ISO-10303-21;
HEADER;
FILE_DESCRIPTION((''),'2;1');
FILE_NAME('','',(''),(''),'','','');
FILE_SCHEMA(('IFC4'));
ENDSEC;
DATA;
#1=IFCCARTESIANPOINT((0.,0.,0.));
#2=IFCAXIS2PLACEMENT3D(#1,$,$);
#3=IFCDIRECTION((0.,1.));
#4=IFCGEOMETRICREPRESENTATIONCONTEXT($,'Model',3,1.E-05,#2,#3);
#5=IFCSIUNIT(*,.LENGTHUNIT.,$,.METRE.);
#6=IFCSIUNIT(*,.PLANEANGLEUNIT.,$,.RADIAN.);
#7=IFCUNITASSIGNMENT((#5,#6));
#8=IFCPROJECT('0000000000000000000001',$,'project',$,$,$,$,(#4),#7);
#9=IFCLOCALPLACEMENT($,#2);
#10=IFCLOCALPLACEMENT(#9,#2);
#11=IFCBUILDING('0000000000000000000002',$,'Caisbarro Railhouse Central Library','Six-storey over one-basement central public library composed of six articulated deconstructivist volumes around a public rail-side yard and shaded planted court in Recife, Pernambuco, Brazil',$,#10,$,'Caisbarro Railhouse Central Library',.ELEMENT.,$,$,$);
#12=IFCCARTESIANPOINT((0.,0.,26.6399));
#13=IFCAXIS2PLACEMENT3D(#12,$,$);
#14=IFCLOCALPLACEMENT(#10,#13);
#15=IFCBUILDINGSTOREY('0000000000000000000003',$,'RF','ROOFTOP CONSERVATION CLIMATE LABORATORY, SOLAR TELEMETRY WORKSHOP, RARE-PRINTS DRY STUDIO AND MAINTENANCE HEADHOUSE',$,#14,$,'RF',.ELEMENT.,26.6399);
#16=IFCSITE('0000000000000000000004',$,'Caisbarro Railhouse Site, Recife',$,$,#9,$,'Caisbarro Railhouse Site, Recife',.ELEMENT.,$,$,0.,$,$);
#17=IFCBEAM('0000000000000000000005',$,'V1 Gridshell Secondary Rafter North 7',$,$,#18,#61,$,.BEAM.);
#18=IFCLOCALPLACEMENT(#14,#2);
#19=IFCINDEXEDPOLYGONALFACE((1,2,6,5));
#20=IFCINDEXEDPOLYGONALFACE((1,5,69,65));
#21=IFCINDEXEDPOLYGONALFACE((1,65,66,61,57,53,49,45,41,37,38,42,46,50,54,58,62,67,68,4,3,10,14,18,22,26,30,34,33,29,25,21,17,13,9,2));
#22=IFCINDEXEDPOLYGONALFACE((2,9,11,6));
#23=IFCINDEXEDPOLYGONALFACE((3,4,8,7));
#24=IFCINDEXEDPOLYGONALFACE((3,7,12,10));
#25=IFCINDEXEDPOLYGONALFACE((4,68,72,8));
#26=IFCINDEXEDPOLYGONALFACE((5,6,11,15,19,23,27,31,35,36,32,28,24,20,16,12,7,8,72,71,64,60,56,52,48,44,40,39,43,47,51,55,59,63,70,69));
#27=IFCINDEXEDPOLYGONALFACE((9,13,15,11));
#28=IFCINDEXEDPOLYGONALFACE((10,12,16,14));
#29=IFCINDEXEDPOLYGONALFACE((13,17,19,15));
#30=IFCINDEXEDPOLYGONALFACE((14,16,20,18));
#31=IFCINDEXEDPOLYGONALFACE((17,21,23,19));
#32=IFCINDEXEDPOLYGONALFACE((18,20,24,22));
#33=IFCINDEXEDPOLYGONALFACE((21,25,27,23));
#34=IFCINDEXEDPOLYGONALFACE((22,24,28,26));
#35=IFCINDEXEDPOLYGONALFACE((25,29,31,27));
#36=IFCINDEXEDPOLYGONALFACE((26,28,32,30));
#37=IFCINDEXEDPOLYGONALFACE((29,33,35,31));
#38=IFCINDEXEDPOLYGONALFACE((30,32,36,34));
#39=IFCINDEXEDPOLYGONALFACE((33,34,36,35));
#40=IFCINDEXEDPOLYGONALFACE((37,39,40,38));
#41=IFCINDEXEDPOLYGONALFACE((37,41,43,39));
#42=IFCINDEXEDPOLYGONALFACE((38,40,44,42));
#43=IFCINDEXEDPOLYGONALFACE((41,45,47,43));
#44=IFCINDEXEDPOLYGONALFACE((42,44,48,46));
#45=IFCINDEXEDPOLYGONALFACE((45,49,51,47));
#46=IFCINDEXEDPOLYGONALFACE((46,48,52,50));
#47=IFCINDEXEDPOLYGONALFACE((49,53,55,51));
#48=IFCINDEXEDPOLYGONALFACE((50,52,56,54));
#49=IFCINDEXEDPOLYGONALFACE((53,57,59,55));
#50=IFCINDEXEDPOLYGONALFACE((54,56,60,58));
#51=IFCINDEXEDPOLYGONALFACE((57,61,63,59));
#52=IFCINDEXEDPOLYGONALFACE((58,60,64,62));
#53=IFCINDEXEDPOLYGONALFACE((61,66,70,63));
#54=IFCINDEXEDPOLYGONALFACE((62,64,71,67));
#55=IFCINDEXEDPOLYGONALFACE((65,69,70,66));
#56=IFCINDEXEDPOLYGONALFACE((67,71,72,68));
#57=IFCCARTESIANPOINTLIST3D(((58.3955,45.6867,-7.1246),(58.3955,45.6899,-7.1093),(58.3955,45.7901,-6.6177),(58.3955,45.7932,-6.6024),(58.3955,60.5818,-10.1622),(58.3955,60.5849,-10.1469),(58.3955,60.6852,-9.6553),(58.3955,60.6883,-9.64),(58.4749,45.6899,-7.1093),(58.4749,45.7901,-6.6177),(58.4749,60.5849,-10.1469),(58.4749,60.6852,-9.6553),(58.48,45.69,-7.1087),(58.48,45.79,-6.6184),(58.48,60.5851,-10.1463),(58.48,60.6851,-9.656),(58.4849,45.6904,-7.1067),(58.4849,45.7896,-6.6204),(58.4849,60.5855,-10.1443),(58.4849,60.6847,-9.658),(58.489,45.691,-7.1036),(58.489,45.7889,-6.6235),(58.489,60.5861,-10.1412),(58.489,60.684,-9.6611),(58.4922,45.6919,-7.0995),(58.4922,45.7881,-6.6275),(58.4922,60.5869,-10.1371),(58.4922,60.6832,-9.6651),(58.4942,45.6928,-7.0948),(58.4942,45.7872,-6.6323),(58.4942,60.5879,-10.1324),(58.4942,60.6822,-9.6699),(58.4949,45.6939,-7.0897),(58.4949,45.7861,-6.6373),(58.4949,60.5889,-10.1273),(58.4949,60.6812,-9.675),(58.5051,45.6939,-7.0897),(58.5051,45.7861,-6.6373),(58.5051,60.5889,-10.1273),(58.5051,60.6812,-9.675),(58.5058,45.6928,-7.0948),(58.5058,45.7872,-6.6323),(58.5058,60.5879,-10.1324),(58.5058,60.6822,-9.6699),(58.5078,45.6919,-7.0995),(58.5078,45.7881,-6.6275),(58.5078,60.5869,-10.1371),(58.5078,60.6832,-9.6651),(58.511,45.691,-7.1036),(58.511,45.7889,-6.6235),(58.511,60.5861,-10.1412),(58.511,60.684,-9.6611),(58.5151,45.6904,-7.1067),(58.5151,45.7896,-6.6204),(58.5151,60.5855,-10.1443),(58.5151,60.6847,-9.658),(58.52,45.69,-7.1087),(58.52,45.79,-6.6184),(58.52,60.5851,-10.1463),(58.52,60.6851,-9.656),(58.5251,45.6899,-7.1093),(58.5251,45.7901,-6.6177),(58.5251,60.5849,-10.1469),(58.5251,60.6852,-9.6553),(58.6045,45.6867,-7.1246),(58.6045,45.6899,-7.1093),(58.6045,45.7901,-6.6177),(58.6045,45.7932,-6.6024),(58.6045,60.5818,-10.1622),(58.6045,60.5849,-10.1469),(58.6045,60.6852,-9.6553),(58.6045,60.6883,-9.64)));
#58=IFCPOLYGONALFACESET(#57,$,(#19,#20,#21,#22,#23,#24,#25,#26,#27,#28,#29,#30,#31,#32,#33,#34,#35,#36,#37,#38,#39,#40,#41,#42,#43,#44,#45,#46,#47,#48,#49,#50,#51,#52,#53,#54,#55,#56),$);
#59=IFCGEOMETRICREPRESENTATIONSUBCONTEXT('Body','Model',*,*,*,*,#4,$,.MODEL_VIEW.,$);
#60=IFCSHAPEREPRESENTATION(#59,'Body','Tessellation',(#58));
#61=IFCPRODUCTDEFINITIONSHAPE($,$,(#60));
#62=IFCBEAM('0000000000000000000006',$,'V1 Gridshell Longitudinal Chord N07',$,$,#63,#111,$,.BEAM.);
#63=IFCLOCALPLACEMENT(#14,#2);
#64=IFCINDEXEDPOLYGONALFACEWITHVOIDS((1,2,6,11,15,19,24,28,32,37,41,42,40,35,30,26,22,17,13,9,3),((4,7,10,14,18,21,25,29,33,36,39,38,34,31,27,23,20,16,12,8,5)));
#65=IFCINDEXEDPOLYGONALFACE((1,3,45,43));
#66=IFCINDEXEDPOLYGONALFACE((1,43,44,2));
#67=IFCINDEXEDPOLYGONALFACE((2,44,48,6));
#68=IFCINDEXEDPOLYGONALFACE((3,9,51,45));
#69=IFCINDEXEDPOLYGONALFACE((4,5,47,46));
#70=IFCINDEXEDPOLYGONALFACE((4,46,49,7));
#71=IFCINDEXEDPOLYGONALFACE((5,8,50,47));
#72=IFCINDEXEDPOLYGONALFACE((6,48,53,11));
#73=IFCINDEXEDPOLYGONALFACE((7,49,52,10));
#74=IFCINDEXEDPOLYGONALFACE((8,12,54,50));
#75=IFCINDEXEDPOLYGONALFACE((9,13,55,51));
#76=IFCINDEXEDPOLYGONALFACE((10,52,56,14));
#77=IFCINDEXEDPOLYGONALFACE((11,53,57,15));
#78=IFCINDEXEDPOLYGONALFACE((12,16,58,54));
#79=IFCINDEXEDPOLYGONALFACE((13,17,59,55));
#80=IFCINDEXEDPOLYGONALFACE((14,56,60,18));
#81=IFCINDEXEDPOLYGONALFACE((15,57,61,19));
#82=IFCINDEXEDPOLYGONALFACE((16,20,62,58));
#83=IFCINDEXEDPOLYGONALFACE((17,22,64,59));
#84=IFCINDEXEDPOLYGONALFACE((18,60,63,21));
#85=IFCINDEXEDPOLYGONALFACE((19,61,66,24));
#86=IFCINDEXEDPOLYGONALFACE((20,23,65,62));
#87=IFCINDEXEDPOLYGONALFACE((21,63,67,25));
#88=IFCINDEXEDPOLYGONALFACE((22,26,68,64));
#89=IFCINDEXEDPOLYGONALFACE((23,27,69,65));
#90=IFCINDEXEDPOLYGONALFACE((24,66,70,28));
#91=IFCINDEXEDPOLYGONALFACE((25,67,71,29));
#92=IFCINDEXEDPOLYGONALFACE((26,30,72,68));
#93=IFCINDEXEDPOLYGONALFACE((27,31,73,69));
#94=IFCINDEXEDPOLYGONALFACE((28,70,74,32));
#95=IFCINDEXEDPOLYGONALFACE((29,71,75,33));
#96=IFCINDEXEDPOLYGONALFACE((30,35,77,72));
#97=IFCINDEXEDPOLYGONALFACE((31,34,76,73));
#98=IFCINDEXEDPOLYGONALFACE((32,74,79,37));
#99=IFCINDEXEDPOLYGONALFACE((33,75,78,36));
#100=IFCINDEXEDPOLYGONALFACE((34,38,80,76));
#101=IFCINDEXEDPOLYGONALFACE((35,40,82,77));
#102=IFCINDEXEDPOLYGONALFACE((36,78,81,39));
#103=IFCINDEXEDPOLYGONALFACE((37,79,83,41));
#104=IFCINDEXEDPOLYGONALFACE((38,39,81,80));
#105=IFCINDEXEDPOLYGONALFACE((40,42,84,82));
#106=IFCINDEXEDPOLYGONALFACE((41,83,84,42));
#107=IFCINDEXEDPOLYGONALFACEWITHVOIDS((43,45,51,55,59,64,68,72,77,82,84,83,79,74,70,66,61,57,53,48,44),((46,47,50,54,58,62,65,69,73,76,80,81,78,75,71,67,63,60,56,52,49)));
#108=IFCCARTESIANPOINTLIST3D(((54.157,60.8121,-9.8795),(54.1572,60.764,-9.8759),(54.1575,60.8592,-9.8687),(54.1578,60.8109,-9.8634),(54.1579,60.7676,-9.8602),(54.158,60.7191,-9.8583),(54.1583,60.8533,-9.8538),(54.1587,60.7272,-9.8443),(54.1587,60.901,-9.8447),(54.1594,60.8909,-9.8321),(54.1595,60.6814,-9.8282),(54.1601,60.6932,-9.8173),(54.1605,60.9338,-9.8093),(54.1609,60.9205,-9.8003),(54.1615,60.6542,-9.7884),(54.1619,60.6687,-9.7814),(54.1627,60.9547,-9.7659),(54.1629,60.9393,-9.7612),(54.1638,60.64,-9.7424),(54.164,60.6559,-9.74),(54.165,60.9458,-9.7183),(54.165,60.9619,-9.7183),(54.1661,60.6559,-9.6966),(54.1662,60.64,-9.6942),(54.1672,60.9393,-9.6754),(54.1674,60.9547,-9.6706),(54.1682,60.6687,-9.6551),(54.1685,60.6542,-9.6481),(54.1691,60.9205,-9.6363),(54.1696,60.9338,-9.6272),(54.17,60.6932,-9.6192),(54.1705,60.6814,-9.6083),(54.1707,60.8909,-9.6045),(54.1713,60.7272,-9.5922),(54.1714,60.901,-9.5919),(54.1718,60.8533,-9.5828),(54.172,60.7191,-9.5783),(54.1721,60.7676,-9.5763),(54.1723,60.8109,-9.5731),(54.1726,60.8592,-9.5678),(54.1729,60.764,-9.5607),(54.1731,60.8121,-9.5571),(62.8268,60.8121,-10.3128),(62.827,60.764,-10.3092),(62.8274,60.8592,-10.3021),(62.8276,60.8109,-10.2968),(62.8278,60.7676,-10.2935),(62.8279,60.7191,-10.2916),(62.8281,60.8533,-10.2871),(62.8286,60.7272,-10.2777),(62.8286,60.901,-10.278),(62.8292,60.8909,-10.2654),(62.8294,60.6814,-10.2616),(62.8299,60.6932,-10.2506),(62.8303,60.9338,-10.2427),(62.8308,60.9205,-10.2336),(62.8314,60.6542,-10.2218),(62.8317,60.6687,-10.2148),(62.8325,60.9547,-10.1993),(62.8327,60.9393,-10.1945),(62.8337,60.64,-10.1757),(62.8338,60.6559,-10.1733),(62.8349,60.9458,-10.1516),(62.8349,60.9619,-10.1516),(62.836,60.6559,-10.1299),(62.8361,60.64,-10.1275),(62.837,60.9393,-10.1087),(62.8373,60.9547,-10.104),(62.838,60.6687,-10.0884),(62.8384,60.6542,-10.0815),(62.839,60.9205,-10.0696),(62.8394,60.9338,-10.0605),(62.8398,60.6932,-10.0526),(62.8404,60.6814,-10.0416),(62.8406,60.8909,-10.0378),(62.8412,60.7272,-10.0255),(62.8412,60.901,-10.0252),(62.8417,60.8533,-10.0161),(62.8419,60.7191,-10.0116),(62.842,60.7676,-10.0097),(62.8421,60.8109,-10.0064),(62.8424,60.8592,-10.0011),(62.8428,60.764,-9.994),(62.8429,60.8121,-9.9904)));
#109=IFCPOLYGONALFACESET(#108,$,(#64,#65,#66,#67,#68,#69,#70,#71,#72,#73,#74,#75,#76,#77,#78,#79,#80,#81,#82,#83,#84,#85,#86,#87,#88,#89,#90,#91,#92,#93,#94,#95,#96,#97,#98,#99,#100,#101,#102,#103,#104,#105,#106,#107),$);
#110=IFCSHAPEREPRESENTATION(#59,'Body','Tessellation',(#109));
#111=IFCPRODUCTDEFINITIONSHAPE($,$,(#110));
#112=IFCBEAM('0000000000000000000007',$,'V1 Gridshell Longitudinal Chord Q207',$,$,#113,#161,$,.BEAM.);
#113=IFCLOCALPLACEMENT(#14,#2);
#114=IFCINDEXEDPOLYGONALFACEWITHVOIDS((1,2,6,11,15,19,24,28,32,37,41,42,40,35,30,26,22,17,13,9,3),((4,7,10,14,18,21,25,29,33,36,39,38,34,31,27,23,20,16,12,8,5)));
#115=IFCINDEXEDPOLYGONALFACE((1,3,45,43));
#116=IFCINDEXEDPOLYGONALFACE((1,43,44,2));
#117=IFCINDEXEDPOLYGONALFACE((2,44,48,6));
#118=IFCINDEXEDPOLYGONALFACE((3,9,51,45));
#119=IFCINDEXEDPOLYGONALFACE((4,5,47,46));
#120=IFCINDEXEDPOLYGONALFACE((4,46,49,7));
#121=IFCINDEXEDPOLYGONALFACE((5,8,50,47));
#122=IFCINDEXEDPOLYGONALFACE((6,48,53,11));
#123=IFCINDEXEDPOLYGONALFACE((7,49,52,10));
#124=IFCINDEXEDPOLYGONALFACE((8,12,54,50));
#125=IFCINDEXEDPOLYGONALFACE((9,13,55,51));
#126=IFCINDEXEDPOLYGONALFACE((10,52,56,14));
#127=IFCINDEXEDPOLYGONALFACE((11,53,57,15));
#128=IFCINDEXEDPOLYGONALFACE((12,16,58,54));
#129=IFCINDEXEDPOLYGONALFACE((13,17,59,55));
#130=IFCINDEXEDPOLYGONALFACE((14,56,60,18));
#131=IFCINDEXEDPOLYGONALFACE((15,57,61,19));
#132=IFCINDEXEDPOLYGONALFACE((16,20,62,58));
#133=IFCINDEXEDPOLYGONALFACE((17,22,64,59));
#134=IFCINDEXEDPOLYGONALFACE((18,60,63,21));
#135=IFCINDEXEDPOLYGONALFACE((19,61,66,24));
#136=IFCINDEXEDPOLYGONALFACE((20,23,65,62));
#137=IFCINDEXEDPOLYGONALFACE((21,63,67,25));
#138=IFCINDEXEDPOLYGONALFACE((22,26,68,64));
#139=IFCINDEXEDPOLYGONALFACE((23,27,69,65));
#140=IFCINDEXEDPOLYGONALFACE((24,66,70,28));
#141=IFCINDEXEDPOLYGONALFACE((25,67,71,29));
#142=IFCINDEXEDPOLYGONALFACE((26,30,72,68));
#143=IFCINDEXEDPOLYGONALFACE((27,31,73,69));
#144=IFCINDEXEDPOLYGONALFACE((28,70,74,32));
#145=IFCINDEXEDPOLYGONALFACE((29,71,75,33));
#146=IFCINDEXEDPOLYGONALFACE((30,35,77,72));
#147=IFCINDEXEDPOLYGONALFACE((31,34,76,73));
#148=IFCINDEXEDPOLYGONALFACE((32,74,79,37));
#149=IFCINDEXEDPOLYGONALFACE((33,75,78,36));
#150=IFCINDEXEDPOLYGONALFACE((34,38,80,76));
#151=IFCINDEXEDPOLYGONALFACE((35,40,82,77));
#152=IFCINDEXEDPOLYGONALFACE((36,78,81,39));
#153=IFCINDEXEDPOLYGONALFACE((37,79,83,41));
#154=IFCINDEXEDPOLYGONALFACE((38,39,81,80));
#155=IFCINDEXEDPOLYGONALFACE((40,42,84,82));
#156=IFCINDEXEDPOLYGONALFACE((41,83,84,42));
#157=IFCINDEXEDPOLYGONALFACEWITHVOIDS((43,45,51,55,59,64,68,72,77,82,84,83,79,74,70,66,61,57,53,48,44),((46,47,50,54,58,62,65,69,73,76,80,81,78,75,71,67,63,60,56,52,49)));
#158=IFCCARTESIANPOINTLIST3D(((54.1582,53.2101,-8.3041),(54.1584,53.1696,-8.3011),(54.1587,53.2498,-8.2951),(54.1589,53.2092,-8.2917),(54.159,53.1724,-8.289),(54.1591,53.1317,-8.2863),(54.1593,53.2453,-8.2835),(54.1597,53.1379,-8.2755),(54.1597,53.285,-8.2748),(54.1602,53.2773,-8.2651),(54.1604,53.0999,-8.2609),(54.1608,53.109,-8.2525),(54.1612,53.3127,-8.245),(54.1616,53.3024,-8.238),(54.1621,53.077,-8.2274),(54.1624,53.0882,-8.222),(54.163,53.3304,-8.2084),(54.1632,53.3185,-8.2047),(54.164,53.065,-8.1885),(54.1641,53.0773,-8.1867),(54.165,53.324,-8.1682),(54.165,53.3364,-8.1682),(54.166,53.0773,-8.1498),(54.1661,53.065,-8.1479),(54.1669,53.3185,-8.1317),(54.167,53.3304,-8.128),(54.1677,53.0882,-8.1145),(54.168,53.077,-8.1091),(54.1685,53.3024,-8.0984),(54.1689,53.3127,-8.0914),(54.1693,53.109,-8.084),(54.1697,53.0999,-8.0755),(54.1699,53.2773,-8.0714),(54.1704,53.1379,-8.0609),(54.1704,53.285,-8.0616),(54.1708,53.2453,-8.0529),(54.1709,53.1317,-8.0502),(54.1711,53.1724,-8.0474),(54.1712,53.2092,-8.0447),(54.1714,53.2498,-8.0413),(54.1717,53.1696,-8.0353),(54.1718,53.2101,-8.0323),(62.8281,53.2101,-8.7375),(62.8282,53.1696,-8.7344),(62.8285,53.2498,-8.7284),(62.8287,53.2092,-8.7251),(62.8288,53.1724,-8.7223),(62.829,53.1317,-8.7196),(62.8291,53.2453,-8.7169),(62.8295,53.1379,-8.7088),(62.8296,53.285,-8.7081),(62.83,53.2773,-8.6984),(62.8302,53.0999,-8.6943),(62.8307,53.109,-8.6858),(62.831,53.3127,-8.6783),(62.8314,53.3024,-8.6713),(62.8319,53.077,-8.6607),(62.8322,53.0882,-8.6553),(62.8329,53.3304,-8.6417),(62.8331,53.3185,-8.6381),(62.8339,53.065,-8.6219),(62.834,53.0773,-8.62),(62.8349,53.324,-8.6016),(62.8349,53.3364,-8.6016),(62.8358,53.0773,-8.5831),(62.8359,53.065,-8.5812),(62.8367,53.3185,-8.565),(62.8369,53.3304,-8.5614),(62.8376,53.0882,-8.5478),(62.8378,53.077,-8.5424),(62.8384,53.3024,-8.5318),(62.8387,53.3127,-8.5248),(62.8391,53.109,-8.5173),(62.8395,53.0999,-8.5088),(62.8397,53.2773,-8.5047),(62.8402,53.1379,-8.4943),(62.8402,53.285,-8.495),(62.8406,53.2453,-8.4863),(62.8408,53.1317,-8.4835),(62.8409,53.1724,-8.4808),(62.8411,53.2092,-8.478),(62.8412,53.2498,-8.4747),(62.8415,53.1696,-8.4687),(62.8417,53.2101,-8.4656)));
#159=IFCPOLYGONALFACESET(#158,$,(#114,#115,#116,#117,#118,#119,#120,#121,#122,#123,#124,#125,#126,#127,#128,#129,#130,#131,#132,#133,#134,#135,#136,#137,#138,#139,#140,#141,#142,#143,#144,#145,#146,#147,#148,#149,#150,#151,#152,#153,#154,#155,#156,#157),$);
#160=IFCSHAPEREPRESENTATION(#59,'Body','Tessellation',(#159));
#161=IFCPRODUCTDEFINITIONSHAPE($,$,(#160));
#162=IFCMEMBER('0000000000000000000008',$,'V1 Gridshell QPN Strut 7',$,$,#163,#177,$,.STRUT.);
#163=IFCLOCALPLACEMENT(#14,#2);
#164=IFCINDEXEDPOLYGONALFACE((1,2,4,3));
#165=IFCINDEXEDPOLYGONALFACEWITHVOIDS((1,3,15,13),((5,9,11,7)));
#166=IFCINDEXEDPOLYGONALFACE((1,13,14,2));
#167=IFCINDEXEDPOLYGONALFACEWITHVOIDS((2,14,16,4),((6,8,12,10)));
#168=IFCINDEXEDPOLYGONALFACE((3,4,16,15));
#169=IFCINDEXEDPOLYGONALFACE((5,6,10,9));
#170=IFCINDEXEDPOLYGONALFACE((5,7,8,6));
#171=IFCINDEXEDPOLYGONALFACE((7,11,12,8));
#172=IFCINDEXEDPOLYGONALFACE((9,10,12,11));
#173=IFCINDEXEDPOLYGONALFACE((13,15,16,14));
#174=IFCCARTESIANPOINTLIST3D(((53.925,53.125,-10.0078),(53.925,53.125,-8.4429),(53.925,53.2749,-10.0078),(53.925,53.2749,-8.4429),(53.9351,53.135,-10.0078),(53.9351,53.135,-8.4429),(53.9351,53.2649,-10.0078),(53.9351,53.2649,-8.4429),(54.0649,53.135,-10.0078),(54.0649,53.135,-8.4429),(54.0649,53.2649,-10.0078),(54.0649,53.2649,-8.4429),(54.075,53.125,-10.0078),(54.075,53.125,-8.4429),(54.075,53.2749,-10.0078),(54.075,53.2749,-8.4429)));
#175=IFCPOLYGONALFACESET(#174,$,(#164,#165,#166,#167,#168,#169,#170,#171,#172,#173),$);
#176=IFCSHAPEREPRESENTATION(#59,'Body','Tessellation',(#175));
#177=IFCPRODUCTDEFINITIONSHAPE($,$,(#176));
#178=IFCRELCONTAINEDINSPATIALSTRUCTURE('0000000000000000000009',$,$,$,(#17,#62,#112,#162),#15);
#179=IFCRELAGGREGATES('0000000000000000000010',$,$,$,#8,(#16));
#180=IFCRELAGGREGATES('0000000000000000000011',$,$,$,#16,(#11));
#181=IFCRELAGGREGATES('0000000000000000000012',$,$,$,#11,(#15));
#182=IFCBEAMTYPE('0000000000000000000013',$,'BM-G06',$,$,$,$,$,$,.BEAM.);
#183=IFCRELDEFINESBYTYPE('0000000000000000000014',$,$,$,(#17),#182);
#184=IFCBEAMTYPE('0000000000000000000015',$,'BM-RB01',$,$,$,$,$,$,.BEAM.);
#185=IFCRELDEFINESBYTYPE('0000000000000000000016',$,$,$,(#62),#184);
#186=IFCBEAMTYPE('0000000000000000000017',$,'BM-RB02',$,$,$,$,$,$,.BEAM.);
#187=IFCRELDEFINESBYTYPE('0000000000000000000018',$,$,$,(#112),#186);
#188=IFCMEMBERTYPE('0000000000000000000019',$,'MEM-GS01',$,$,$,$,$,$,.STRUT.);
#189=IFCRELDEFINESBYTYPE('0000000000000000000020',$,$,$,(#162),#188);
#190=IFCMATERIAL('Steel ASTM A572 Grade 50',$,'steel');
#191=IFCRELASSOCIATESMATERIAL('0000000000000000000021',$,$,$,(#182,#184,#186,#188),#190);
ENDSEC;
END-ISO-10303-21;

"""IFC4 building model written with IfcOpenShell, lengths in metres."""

from ifc_helpers import new_model, si_unit, direction, frame, origin, origin_2d, place, context, subcontext, project, spatial, hollow_rectangle, hollow_circle, i_section, extrude, material, material_profile, profile_set, type_object, element, save


model = new_model("IFC4")

# Units and contexts
model_context = context("Model", 3, precision=1e-05, world=origin(), true_north=direction((0.0, 1.0)))
body_context = subcontext(model_context, "Body", "Model", "MODEL_VIEW")
ifc_project = project(units=[si_unit("LENGTHUNIT", "METRE"), si_unit("PLANEANGLEUNIT", "RADIAN")], contexts=[model_context])

# Site, building, storey
site_placement = place(None, origin())
site = spatial("IfcSite", under=ifc_project, at=site_placement, Name="Caisbarro Railhouse Site, Recife", LongName="Caisbarro Railhouse Site, Recife", CompositionType="ELEMENT", RefElevation=0.0)
building_placement = place(site_placement, origin())
building = spatial("IfcBuilding", under=site, at=building_placement, Name="Caisbarro Railhouse Central Library", Description="Six-storey over one-basement central public library composed of six articulated deconstructivist volumes around a public rail-side yard and shaded planted court in Recife, Pernambuco, Brazil", LongName="Caisbarro Railhouse Central Library", CompositionType="ELEMENT")
storey_placement = place(building_placement, frame((0.0, 0.0, 26.6399)))
storey = spatial("IfcBuildingStorey", under=building, at=storey_placement, Name="RF", Description="ROOFTOP CONSERVATION CLIMATE LABORATORY, SOLAR TELEMETRY WORKSHOP, RARE-PRINTS DRY STUDIO AND MAINTENANCE HEADHOUSE", LongName="RF", CompositionType="ELEMENT", Elevation=26.6399)

# Beams
ifc_material_1 = material(Name="Steel ASTM A572 Grade 50", Category="steel")
ifc_material_profile_1 = material_profile(ifc_material_1, i_section(OverallWidth=0.209, OverallDepth=0.533, WebThickness=0.0103, FlangeThickness=0.0156, FilletRadius=0.02, at=origin_2d()), Name="W530X92.0")
ifc_profile_set_1 = profile_set([ifc_material_profile_1], Name="Steel ASTM A572 Grade 50")
beam_type_1 = type_object("IfcBeamType", Name="BM-G06", PredefinedType="BEAM", material=ifc_profile_set_1)
beam_1_placement = place(storey_placement, frame((58.5, 45.74, -6.8635), z_axis=(0.0, 0.979832, -0.199821), x_axis=(-1.0, 0.0, 0.0)))
element("IfcBeam", 1, at=beam_1_placement, inside=storey, type_object=beam_type_1, Name="V1 Gridshell Secondary Rafter North 7", PredefinedType="BEAM", context=body_context, shape_type="SweptSolid", body=[
    extrude(i_section(OverallWidth=0.209, OverallDepth=0.533, WebThickness=0.0103, FlangeThickness=0.0156, FilletRadius=0.02, at=origin_2d()), origin(), (0.0, 0.0, 1.0), 15.2017),
])
ifc_material_profile_2 = material_profile(ifc_material_1, hollow_circle(Radius=0.1619, WallThickness=0.0161, at=origin_2d()), Name="CHS323.9X16.0")
ifc_profile_set_2 = profile_set([ifc_material_profile_2], Name="Steel ASTM A572 Grade 50")
beam_type_2 = type_object("IfcBeamType", Name="BM-RB01", PredefinedType="BEAM", material=ifc_profile_set_2)
beam_2_placement = place(storey_placement, frame((54.165, 60.8, -9.7183), z_axis=(0.998753, 0.0, -0.049921), x_axis=(0.0, 1.0, 0.0)))
element("IfcBeam", 2, at=beam_2_placement, inside=storey, type_object=beam_type_2, Name="V1 Gridshell Longitudinal Chord N07", PredefinedType="BEAM", context=body_context, shape_type="SweptSolid", body=[
    extrude(hollow_circle(Radius=0.1619, WallThickness=0.0161, at=origin_2d()), origin(), (0.0, 0.0, 1.0), 8.6807),
])
ifc_material_profile_3 = material_profile(ifc_material_1, hollow_circle(Radius=0.1365, WallThickness=0.0125, at=origin_2d()), Name="CHS273.0X12.5")
ifc_profile_set_3 = profile_set([ifc_material_profile_3], Name="Steel ASTM A572 Grade 50")
beam_type_3 = type_object("IfcBeamType", Name="BM-RB02", PredefinedType="BEAM", material=ifc_profile_set_3)
beam_3_placement = place(storey_placement, frame((54.165, 53.2, -8.1682), z_axis=(0.998753, 0.0, -0.049921), x_axis=(0.0, 1.0, 0.0)))
element("IfcBeam", 3, at=beam_3_placement, inside=storey, type_object=beam_type_3, Name="V1 Gridshell Longitudinal Chord Q207", PredefinedType="BEAM", context=body_context, shape_type="SweptSolid", body=[
    extrude(hollow_circle(Radius=0.1365, WallThickness=0.0125, at=origin_2d()), origin(), (0.0, 0.0, 1.0), 8.6807),
])

# Member
ifc_material_profile_4 = material_profile(ifc_material_1, hollow_rectangle(XDim=0.1499, YDim=0.1499, WallThickness=0.01, at=origin_2d()), Name="HSS150X150X10")
ifc_profile_set_4 = profile_set([ifc_material_profile_4], Name="Steel ASTM A572 Grade 50")
member_type_1 = type_object("IfcMemberType", Name="MEM-GS01", PredefinedType="STRUT", material=ifc_profile_set_4)
member_1_placement = place(storey_placement, frame((54.0, 53.2, -10.0078), z_axis=(0.0, 0.0, 1.0), x_axis=(1.0, 0.0, 0.0)))
element("IfcMember", 4, at=member_1_placement, inside=storey, type_object=member_type_1, Name="V1 Gridshell QPN Strut 7", PredefinedType="STRUT", context=body_context, shape_type="SweptSolid", body=[
    extrude(hollow_rectangle(XDim=0.1499, YDim=0.1499, WallThickness=0.01, at=origin_2d()), origin(), (0.0, 0.0, 1.0), 1.5649),
])

save(model, "model.ifc")
